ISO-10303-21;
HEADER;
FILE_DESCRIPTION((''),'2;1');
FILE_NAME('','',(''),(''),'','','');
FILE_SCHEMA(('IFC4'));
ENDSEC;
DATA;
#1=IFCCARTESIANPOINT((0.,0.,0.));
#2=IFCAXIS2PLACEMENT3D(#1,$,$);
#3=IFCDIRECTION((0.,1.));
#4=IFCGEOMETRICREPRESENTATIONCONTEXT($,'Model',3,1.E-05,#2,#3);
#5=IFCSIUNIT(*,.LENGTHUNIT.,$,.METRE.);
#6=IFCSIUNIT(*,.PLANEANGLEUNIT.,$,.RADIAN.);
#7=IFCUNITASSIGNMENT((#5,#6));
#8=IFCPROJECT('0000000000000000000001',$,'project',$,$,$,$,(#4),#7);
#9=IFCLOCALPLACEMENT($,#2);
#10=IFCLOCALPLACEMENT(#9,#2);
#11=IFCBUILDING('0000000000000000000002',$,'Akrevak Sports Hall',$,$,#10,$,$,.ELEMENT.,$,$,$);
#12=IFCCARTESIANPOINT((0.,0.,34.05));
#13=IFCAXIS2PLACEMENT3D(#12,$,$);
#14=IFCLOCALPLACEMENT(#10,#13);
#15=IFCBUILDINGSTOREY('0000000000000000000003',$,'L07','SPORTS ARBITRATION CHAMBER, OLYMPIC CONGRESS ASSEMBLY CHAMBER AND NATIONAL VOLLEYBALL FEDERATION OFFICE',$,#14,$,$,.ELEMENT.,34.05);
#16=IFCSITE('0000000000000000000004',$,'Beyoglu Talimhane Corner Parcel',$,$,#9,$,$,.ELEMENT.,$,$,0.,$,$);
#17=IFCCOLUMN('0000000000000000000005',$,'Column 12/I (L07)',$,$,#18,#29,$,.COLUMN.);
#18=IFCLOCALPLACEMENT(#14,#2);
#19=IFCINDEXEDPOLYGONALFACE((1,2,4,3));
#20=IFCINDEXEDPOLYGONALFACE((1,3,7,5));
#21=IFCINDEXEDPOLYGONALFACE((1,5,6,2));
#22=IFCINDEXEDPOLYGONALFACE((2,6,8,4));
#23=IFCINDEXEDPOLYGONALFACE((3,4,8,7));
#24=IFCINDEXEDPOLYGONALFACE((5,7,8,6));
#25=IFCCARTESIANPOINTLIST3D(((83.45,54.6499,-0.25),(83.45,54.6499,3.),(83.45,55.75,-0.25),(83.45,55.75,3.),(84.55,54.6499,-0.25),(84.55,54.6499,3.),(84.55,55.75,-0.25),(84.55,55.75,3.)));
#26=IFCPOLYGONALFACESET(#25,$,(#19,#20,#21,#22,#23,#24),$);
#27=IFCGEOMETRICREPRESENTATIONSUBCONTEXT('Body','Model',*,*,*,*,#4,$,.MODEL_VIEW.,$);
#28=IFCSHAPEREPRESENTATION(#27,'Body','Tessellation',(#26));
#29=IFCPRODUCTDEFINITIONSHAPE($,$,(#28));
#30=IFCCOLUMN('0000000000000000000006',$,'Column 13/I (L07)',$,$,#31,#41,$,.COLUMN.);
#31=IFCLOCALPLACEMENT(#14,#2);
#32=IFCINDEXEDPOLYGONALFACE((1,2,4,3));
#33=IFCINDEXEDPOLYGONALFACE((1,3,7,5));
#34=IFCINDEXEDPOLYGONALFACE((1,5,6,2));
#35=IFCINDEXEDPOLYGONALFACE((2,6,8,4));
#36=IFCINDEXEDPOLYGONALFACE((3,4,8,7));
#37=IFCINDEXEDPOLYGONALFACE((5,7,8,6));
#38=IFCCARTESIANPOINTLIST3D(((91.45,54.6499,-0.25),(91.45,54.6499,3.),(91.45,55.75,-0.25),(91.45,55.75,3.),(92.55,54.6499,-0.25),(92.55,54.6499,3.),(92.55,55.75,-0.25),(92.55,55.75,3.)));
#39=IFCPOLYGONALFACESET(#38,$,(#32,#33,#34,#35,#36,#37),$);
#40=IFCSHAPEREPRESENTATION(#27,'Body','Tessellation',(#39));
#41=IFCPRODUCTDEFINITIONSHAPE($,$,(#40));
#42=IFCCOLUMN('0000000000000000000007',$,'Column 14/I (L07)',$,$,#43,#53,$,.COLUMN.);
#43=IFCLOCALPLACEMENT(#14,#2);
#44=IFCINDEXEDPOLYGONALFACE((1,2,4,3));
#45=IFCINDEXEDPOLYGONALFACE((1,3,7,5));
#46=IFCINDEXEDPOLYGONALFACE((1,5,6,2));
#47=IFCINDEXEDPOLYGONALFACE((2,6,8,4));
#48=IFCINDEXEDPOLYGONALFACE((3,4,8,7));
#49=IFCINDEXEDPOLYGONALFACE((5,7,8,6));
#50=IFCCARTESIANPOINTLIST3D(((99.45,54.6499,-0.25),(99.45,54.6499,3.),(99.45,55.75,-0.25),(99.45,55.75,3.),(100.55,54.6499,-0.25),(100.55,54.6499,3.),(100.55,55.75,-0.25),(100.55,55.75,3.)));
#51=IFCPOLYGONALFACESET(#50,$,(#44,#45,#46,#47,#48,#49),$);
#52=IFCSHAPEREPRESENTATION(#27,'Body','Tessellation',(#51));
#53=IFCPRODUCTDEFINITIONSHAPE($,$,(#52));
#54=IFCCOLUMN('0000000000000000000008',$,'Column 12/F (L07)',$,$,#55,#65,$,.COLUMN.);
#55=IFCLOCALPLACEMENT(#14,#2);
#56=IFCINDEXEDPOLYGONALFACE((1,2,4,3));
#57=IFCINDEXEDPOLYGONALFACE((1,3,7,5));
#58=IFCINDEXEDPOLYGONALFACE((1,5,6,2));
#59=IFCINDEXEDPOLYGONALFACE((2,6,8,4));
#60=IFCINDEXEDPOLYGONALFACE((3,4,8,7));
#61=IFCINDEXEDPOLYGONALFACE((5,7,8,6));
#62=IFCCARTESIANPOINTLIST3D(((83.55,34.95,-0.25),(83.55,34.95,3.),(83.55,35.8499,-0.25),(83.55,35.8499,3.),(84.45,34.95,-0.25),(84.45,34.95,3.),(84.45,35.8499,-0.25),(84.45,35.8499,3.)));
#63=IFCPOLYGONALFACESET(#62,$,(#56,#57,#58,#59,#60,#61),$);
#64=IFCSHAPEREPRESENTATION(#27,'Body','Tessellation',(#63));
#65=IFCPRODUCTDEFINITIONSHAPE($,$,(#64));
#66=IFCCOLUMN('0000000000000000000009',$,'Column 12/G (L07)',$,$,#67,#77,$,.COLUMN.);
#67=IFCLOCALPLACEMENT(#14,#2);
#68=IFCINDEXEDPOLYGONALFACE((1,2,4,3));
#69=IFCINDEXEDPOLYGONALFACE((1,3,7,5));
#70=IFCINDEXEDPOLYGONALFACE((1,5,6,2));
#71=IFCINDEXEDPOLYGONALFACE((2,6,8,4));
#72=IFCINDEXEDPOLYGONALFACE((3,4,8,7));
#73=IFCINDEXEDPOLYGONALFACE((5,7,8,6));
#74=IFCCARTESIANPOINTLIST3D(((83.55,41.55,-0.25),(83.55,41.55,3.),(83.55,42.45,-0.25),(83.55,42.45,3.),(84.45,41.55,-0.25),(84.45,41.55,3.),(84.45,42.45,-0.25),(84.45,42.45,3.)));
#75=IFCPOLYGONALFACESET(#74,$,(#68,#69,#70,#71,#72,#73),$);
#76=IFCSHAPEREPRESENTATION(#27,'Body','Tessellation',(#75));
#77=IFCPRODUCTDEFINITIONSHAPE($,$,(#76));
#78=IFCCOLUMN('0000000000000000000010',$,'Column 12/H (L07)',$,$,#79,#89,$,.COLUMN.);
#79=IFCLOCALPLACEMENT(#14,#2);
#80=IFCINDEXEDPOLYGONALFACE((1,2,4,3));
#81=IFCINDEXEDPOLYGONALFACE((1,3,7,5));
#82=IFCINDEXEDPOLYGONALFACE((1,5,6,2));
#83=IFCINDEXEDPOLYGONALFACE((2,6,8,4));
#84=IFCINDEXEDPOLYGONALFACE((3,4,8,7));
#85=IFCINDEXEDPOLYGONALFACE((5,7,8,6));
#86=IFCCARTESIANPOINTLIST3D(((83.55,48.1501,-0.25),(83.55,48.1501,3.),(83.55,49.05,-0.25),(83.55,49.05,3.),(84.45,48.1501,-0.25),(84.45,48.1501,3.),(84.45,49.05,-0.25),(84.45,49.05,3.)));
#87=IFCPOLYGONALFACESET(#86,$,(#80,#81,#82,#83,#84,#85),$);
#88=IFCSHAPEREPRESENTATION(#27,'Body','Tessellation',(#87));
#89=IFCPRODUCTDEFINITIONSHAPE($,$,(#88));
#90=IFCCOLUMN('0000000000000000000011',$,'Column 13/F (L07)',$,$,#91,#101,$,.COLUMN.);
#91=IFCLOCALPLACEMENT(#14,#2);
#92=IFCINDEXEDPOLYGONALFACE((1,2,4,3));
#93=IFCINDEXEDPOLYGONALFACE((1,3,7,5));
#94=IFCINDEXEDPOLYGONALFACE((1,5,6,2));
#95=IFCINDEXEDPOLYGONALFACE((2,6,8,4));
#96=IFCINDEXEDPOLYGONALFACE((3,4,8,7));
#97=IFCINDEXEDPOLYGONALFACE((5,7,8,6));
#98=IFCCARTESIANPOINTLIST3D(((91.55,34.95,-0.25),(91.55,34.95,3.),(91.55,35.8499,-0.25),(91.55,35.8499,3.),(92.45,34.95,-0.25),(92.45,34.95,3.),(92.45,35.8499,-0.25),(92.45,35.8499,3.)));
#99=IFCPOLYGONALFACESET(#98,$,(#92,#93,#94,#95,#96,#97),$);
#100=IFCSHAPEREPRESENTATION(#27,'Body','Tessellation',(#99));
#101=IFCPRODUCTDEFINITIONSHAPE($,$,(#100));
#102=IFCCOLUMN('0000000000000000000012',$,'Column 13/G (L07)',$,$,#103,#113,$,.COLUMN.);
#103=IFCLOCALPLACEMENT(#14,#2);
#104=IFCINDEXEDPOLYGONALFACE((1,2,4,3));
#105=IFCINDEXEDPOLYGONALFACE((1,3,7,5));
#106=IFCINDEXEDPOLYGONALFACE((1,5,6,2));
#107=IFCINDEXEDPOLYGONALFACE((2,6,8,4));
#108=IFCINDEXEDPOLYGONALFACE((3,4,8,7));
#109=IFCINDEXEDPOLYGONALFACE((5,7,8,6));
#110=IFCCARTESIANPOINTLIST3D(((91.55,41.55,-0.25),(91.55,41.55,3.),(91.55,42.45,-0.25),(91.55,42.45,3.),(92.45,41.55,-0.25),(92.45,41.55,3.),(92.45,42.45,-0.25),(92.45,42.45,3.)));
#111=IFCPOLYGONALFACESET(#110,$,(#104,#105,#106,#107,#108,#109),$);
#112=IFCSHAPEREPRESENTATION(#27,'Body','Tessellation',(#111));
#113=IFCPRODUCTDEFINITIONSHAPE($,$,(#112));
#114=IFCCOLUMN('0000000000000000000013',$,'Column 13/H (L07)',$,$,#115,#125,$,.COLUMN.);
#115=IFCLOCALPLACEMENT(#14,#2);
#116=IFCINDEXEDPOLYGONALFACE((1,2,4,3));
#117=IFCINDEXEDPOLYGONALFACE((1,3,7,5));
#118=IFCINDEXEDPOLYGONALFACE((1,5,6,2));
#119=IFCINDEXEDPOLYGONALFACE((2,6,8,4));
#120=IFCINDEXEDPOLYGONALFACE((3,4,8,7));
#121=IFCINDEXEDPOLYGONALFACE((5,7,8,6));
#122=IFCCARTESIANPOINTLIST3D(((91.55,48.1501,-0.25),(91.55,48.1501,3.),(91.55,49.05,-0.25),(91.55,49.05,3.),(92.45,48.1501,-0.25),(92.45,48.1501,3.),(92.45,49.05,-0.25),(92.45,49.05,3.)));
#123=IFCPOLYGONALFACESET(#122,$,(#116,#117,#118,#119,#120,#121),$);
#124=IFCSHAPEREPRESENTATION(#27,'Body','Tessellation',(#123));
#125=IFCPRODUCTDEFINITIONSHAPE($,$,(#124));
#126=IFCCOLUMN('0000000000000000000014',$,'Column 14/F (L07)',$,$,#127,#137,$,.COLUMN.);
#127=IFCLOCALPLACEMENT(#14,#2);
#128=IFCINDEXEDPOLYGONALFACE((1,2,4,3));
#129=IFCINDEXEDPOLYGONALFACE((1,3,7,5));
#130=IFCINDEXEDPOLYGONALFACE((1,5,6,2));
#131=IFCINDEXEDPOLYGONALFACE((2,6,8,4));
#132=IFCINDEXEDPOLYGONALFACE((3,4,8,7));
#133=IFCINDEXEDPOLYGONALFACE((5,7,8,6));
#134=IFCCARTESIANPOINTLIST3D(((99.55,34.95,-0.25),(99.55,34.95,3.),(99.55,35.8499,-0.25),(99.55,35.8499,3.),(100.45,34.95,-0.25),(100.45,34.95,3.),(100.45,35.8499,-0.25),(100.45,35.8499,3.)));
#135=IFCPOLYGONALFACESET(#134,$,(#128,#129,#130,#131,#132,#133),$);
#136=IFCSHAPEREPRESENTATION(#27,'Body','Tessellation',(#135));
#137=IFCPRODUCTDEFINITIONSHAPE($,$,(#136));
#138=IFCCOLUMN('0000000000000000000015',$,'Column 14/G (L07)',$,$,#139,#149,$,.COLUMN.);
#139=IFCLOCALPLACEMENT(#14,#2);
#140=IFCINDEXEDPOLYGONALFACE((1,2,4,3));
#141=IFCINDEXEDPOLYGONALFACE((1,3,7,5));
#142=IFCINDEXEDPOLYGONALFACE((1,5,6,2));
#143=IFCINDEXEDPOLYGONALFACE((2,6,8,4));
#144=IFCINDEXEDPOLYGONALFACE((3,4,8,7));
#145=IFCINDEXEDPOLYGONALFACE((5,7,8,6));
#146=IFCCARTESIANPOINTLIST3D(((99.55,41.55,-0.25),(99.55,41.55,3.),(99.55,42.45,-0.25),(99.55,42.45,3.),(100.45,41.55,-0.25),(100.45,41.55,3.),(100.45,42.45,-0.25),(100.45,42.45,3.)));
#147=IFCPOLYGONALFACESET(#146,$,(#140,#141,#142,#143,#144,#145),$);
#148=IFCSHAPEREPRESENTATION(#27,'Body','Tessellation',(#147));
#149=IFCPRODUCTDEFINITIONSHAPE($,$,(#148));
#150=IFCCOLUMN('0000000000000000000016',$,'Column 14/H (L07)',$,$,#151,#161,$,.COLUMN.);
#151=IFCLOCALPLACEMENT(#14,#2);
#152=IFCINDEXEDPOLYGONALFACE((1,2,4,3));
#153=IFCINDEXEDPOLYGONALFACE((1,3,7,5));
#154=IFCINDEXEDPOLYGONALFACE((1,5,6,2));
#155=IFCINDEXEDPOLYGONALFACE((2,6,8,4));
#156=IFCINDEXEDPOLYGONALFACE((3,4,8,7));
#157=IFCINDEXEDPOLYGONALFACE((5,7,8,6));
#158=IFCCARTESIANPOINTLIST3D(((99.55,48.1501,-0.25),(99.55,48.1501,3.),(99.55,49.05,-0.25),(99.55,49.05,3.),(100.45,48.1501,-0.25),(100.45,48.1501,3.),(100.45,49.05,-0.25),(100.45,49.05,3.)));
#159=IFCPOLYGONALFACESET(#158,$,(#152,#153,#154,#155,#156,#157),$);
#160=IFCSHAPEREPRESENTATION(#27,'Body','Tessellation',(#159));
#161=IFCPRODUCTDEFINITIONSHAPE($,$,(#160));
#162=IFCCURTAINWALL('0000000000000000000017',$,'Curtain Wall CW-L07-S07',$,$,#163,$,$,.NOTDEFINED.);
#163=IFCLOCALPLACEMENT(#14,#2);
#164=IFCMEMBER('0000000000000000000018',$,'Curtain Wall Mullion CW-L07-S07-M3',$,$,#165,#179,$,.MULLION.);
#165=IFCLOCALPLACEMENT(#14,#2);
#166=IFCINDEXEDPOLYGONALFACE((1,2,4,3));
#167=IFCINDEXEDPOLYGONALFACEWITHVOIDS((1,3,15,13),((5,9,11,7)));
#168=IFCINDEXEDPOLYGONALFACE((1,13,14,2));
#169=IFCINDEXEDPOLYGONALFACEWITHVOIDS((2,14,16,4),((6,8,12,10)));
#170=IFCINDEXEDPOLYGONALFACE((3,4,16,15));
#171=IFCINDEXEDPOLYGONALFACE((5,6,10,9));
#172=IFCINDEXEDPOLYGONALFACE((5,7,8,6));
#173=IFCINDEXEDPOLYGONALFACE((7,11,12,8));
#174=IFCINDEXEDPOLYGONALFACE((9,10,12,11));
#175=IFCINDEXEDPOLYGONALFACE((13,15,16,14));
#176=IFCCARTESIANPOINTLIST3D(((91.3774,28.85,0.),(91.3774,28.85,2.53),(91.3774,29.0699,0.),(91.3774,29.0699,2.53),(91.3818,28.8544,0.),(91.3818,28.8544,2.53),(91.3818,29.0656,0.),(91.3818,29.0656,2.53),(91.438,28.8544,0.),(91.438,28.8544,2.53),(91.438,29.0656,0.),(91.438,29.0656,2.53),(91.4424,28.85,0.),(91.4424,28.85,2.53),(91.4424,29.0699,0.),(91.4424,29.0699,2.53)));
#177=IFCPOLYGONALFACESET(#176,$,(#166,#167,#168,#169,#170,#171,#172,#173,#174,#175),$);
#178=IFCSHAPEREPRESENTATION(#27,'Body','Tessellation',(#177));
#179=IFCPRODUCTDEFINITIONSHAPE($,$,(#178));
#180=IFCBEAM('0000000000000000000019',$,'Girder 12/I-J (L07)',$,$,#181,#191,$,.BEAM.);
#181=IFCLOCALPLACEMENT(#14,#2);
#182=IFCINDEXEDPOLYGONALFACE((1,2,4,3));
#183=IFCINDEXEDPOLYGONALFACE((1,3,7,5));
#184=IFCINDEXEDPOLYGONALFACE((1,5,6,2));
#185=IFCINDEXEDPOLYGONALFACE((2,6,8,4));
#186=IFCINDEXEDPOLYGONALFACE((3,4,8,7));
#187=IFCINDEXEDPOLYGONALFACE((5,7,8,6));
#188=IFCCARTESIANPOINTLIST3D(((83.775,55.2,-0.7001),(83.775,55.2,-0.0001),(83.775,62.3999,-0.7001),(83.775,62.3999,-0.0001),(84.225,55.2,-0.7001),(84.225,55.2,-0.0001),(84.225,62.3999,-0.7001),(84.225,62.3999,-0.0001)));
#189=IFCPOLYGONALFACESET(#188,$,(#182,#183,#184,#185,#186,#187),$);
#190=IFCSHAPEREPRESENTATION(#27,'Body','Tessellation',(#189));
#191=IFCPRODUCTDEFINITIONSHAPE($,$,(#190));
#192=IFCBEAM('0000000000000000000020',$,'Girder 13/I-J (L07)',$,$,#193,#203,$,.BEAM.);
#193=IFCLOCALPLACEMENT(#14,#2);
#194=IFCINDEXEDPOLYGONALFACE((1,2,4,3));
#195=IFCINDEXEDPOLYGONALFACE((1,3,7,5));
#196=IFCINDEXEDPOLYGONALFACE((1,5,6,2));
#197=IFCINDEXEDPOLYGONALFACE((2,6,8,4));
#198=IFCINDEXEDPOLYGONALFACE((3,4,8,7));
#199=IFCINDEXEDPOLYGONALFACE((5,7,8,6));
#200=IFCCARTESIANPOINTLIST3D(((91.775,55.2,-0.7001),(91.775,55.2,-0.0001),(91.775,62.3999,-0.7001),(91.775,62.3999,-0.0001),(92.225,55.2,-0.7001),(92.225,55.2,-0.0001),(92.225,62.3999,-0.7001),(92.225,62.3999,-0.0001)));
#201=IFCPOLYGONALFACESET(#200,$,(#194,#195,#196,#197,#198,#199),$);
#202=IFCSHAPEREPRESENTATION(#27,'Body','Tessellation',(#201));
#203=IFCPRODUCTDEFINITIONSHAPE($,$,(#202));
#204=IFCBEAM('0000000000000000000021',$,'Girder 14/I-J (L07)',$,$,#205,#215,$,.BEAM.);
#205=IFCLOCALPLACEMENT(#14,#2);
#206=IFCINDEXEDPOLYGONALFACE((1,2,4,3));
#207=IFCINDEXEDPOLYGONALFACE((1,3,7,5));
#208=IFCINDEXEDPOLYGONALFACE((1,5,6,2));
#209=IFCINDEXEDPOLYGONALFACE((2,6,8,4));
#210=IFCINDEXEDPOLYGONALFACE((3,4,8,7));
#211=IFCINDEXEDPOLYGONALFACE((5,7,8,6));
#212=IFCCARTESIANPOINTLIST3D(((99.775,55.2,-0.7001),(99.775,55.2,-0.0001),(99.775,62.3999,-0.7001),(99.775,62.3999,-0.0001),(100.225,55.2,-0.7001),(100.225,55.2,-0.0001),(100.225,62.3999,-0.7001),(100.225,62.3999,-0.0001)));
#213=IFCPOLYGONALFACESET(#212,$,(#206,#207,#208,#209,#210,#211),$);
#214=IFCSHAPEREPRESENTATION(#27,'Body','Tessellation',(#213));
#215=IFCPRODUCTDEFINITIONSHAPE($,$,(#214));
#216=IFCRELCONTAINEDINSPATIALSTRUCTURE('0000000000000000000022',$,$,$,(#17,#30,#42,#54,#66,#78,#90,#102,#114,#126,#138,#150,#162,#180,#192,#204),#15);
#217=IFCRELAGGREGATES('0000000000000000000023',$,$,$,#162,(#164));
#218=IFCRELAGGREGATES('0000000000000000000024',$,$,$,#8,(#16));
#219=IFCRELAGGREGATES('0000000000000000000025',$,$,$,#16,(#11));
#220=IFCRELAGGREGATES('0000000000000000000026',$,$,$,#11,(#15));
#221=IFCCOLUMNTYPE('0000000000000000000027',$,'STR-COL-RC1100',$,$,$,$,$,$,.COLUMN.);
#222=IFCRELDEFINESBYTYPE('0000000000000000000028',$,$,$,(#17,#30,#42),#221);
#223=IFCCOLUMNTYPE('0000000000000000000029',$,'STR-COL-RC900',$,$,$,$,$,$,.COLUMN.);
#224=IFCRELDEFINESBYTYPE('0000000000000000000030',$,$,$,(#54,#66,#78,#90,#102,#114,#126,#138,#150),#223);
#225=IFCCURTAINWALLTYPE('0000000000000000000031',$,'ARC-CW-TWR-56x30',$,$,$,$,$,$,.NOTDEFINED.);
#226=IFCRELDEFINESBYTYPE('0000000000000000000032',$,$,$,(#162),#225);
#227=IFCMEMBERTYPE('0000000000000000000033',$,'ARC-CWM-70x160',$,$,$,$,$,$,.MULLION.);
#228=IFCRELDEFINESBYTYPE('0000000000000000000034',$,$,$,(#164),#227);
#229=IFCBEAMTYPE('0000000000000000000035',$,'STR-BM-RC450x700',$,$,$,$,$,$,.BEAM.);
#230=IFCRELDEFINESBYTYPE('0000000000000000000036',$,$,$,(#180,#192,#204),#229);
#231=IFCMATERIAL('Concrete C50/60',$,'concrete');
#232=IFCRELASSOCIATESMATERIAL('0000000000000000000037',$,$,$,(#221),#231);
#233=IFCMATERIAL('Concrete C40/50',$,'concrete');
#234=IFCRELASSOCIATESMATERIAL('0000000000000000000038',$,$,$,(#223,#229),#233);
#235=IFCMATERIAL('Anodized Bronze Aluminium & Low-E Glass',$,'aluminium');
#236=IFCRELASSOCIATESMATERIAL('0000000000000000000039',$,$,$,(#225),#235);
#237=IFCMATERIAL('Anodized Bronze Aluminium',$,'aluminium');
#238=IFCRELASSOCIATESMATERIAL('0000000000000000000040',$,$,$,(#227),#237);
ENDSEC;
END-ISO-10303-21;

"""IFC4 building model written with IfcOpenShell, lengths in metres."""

from ifc_helpers import new_model, si_unit, direction, frame, origin, origin_2d, place, context, subcontext, project, spatial, rectangle, hollow_rectangle, extrude, material, material_profile, profile_set, type_object, element, aggregate, save


model = new_model("IFC4")

# Units and contexts
model_context = context("Model", 3, precision=1e-05, world=origin(), true_north=direction((0.0, 1.0)))
body_context = subcontext(model_context, "Body", "Model", "MODEL_VIEW")
ifc_project = project(units=[si_unit("LENGTHUNIT", "METRE"), si_unit("PLANEANGLEUNIT", "RADIAN")], contexts=[model_context])

# Site, building, storey
site_placement = place(None, origin())
site = spatial("IfcSite", under=ifc_project, at=site_placement, Name="Beyoglu Talimhane Corner Parcel", CompositionType="ELEMENT", RefElevation=0.0)
building_placement = place(site_placement, origin())
building = spatial("IfcBuilding", under=site, at=building_placement, Name="Akrevak Sports Hall", CompositionType="ELEMENT")
storey_placement = place(building_placement, frame((0.0, 0.0, 34.05)))
storey = spatial("IfcBuildingStorey", under=building, at=storey_placement, Name="L07", Description="SPORTS ARBITRATION CHAMBER, OLYMPIC CONGRESS ASSEMBLY CHAMBER AND NATIONAL VOLLEYBALL FEDERATION OFFICE", CompositionType="ELEMENT", Elevation=34.05)

# Columns
ifc_material_1 = material(Name="Concrete C50/60", Category="concrete")
ifc_material_profile_1 = material_profile(ifc_material_1, rectangle(XDim=1.1001, YDim=1.1001, at=origin_2d()), Name="RC 1100x1100", Category="concrete")
ifc_profile_set_1 = profile_set([ifc_material_profile_1], Name="Concrete C50/60")
column_type_1 = type_object("IfcColumnType", Name="STR-COL-RC1100", PredefinedType="COLUMN", material=ifc_profile_set_1)
for number, where, z_axis, x_axis, name in (
    (1, (84.0, 55.2, -0.25), (0.0, 0.0, 1.0), (1.0, 0.0, 0.0), "Column 12/I (L07)"),
    (2, (92.0, 55.2, -0.25), (0.0, 0.0, 1.0), (1.0, 0.0, 0.0), "Column 13/I (L07)"),
    (3, (100.0, 55.2, -0.25), (0.0, 0.0, 1.0), (1.0, 0.0, 0.0), "Column 14/I (L07)"),
):
    element("IfcColumn", number, at=place(storey_placement, frame(where, z_axis=z_axis, x_axis=x_axis)), inside=storey, type_object=column_type_1, Name=name, PredefinedType="COLUMN", context=body_context, shape_type="SweptSolid", body=[
        extrude(rectangle(XDim=1.1001, YDim=1.1001, at=origin_2d()), origin(), (0.0, 0.0, 1.0), 3.25),
    ])
ifc_material_2 = material(Name="Concrete C40/50", Category="concrete")
ifc_material_profile_2 = material_profile(ifc_material_2, rectangle(XDim=0.8999, YDim=0.8999, at=origin_2d()), Name="RC 900x900", Category="concrete")
ifc_profile_set_2 = profile_set([ifc_material_profile_2], Name="Concrete C40/50")
column_type_2 = type_object("IfcColumnType", Name="STR-COL-RC900", PredefinedType="COLUMN", material=ifc_profile_set_2)
for number, where, z_axis, x_axis, name in (
    (4, (84.0, 35.3999, -0.25), (0.0, 0.0, 1.0), (1.0, 0.0, 0.0), "Column 12/F (L07)"),
    (5, (84.0, 42.0, -0.25), (0.0, 0.0, 1.0), (1.0, 0.0, 0.0), "Column 12/G (L07)"),
    (6, (84.0, 48.6001, -0.25), (0.0, 0.0, 1.0), (1.0, 0.0, 0.0), "Column 12/H (L07)"),
    (7, (92.0, 35.3999, -0.25), (0.0, 0.0, 1.0), (1.0, 0.0, 0.0), "Column 13/F (L07)"),
    (8, (92.0, 42.0, -0.25), (0.0, 0.0, 1.0), (1.0, 0.0, 0.0), "Column 13/G (L07)"),
    (9, (92.0, 48.6001, -0.25), (0.0, 0.0, 1.0), (1.0, 0.0, 0.0), "Column 13/H (L07)"),
    (10, (100.0, 35.3999, -0.25), (0.0, 0.0, 1.0), (1.0, 0.0, 0.0), "Column 14/F (L07)"),
    (11, (100.0, 42.0, -0.25), (0.0, 0.0, 1.0), (1.0, 0.0, 0.0), "Column 14/G (L07)"),
    (12, (100.0, 48.6001, -0.25), (0.0, 0.0, 1.0), (1.0, 0.0, 0.0), "Column 14/H (L07)"),
):
    element("IfcColumn", number, at=place(storey_placement, frame(where, z_axis=z_axis, x_axis=x_axis)), inside=storey, type_object=column_type_2, Name=name, PredefinedType="COLUMN", context=body_context, shape_type="SweptSolid", body=[
        extrude(rectangle(XDim=0.8999, YDim=0.8999, at=origin_2d()), origin(), (0.0, 0.0, 1.0), 3.25),
    ])

# Curtain wall, member
ifc_material_3 = material(Name="Anodized Bronze Aluminium & Low-E Glass", Category="aluminium")
curtain_wall_type = type_object("IfcCurtainWallType", Name="ARC-CW-TWR-56x30", PredefinedType="NOTDEFINED", material=ifc_material_3)
curtain_wall_placement = place(storey_placement, origin())
curtain_wall = element("IfcCurtainWall", 13, at=curtain_wall_placement, inside=storey, type_object=curtain_wall_type, Name="Curtain Wall CW-L07-S07", PredefinedType="NOTDEFINED")
ifc_material_4 = material(Name="Anodized Bronze Aluminium", Category="aluminium")
ifc_material_profile_3 = material_profile(ifc_material_4, hollow_rectangle(XDim=0.0649, YDim=0.22, WallThickness=0.0044, at=origin_2d()), Name="CWM 65x220", Category="aluminium")
ifc_profile_set_3 = profile_set([ifc_material_profile_3], Name="Anodized Bronze Aluminium")
member_type = type_object("IfcMemberType", Name="ARC-CWM-70x160", PredefinedType="MULLION", material=ifc_profile_set_3)
member_placement = place(storey_placement, frame((91.4099, 28.96, 0.0), z_axis=(0.0, 0.0, 1.0), x_axis=(1.0, 0.0, 0.0)))
member = element("IfcMember", 14, at=member_placement, type_object=member_type, Name="Curtain Wall Mullion CW-L07-S07-M3", PredefinedType="MULLION", context=body_context, shape_type="SweptSolid", body=[
    extrude(hollow_rectangle(XDim=0.0649, YDim=0.22, WallThickness=0.0044, at=origin_2d()), origin(), (0.0, 0.0, 1.0), 2.53),
])

# Beams
ifc_material_profile_4 = material_profile(ifc_material_2, rectangle(XDim=0.45, YDim=0.7, at=origin_2d()), Name="BM 450x700", Category="concrete")
ifc_profile_set_4 = profile_set([ifc_material_profile_4], Name="Concrete C40/50")
beam_type_1 = type_object("IfcBeamType", Name="STR-BM-RC450x700", PredefinedType="BEAM", material=ifc_profile_set_4)
for number, where, z_axis, x_axis, name in (
    (15, (84.0, 55.2, -0.3501), (0.0, 1.0, 0.0), (-1.0, 0.0, 0.0), "Girder 12/I-J (L07)"),
    (16, (92.0, 55.2, -0.3501), (0.0, 1.0, 0.0), (-1.0, 0.0, 0.0), "Girder 13/I-J (L07)"),
    (17, (100.0, 55.2, -0.3501), (0.0, 1.0, 0.0), (-1.0, 0.0, 0.0), "Girder 14/I-J (L07)"),
):
    element("IfcBeam", number, at=place(storey_placement, frame(where, z_axis=z_axis, x_axis=x_axis)), inside=storey, type_object=beam_type_1, Name=name, PredefinedType="BEAM", context=body_context, shape_type="SweptSolid", body=[
        extrude(rectangle(XDim=0.45, YDim=0.7, at=origin_2d()), origin(), (0.0, 0.0, 1.0), 7.2),
    ])

aggregate(curtain_wall, [member])

save(model, "model.ifc")
